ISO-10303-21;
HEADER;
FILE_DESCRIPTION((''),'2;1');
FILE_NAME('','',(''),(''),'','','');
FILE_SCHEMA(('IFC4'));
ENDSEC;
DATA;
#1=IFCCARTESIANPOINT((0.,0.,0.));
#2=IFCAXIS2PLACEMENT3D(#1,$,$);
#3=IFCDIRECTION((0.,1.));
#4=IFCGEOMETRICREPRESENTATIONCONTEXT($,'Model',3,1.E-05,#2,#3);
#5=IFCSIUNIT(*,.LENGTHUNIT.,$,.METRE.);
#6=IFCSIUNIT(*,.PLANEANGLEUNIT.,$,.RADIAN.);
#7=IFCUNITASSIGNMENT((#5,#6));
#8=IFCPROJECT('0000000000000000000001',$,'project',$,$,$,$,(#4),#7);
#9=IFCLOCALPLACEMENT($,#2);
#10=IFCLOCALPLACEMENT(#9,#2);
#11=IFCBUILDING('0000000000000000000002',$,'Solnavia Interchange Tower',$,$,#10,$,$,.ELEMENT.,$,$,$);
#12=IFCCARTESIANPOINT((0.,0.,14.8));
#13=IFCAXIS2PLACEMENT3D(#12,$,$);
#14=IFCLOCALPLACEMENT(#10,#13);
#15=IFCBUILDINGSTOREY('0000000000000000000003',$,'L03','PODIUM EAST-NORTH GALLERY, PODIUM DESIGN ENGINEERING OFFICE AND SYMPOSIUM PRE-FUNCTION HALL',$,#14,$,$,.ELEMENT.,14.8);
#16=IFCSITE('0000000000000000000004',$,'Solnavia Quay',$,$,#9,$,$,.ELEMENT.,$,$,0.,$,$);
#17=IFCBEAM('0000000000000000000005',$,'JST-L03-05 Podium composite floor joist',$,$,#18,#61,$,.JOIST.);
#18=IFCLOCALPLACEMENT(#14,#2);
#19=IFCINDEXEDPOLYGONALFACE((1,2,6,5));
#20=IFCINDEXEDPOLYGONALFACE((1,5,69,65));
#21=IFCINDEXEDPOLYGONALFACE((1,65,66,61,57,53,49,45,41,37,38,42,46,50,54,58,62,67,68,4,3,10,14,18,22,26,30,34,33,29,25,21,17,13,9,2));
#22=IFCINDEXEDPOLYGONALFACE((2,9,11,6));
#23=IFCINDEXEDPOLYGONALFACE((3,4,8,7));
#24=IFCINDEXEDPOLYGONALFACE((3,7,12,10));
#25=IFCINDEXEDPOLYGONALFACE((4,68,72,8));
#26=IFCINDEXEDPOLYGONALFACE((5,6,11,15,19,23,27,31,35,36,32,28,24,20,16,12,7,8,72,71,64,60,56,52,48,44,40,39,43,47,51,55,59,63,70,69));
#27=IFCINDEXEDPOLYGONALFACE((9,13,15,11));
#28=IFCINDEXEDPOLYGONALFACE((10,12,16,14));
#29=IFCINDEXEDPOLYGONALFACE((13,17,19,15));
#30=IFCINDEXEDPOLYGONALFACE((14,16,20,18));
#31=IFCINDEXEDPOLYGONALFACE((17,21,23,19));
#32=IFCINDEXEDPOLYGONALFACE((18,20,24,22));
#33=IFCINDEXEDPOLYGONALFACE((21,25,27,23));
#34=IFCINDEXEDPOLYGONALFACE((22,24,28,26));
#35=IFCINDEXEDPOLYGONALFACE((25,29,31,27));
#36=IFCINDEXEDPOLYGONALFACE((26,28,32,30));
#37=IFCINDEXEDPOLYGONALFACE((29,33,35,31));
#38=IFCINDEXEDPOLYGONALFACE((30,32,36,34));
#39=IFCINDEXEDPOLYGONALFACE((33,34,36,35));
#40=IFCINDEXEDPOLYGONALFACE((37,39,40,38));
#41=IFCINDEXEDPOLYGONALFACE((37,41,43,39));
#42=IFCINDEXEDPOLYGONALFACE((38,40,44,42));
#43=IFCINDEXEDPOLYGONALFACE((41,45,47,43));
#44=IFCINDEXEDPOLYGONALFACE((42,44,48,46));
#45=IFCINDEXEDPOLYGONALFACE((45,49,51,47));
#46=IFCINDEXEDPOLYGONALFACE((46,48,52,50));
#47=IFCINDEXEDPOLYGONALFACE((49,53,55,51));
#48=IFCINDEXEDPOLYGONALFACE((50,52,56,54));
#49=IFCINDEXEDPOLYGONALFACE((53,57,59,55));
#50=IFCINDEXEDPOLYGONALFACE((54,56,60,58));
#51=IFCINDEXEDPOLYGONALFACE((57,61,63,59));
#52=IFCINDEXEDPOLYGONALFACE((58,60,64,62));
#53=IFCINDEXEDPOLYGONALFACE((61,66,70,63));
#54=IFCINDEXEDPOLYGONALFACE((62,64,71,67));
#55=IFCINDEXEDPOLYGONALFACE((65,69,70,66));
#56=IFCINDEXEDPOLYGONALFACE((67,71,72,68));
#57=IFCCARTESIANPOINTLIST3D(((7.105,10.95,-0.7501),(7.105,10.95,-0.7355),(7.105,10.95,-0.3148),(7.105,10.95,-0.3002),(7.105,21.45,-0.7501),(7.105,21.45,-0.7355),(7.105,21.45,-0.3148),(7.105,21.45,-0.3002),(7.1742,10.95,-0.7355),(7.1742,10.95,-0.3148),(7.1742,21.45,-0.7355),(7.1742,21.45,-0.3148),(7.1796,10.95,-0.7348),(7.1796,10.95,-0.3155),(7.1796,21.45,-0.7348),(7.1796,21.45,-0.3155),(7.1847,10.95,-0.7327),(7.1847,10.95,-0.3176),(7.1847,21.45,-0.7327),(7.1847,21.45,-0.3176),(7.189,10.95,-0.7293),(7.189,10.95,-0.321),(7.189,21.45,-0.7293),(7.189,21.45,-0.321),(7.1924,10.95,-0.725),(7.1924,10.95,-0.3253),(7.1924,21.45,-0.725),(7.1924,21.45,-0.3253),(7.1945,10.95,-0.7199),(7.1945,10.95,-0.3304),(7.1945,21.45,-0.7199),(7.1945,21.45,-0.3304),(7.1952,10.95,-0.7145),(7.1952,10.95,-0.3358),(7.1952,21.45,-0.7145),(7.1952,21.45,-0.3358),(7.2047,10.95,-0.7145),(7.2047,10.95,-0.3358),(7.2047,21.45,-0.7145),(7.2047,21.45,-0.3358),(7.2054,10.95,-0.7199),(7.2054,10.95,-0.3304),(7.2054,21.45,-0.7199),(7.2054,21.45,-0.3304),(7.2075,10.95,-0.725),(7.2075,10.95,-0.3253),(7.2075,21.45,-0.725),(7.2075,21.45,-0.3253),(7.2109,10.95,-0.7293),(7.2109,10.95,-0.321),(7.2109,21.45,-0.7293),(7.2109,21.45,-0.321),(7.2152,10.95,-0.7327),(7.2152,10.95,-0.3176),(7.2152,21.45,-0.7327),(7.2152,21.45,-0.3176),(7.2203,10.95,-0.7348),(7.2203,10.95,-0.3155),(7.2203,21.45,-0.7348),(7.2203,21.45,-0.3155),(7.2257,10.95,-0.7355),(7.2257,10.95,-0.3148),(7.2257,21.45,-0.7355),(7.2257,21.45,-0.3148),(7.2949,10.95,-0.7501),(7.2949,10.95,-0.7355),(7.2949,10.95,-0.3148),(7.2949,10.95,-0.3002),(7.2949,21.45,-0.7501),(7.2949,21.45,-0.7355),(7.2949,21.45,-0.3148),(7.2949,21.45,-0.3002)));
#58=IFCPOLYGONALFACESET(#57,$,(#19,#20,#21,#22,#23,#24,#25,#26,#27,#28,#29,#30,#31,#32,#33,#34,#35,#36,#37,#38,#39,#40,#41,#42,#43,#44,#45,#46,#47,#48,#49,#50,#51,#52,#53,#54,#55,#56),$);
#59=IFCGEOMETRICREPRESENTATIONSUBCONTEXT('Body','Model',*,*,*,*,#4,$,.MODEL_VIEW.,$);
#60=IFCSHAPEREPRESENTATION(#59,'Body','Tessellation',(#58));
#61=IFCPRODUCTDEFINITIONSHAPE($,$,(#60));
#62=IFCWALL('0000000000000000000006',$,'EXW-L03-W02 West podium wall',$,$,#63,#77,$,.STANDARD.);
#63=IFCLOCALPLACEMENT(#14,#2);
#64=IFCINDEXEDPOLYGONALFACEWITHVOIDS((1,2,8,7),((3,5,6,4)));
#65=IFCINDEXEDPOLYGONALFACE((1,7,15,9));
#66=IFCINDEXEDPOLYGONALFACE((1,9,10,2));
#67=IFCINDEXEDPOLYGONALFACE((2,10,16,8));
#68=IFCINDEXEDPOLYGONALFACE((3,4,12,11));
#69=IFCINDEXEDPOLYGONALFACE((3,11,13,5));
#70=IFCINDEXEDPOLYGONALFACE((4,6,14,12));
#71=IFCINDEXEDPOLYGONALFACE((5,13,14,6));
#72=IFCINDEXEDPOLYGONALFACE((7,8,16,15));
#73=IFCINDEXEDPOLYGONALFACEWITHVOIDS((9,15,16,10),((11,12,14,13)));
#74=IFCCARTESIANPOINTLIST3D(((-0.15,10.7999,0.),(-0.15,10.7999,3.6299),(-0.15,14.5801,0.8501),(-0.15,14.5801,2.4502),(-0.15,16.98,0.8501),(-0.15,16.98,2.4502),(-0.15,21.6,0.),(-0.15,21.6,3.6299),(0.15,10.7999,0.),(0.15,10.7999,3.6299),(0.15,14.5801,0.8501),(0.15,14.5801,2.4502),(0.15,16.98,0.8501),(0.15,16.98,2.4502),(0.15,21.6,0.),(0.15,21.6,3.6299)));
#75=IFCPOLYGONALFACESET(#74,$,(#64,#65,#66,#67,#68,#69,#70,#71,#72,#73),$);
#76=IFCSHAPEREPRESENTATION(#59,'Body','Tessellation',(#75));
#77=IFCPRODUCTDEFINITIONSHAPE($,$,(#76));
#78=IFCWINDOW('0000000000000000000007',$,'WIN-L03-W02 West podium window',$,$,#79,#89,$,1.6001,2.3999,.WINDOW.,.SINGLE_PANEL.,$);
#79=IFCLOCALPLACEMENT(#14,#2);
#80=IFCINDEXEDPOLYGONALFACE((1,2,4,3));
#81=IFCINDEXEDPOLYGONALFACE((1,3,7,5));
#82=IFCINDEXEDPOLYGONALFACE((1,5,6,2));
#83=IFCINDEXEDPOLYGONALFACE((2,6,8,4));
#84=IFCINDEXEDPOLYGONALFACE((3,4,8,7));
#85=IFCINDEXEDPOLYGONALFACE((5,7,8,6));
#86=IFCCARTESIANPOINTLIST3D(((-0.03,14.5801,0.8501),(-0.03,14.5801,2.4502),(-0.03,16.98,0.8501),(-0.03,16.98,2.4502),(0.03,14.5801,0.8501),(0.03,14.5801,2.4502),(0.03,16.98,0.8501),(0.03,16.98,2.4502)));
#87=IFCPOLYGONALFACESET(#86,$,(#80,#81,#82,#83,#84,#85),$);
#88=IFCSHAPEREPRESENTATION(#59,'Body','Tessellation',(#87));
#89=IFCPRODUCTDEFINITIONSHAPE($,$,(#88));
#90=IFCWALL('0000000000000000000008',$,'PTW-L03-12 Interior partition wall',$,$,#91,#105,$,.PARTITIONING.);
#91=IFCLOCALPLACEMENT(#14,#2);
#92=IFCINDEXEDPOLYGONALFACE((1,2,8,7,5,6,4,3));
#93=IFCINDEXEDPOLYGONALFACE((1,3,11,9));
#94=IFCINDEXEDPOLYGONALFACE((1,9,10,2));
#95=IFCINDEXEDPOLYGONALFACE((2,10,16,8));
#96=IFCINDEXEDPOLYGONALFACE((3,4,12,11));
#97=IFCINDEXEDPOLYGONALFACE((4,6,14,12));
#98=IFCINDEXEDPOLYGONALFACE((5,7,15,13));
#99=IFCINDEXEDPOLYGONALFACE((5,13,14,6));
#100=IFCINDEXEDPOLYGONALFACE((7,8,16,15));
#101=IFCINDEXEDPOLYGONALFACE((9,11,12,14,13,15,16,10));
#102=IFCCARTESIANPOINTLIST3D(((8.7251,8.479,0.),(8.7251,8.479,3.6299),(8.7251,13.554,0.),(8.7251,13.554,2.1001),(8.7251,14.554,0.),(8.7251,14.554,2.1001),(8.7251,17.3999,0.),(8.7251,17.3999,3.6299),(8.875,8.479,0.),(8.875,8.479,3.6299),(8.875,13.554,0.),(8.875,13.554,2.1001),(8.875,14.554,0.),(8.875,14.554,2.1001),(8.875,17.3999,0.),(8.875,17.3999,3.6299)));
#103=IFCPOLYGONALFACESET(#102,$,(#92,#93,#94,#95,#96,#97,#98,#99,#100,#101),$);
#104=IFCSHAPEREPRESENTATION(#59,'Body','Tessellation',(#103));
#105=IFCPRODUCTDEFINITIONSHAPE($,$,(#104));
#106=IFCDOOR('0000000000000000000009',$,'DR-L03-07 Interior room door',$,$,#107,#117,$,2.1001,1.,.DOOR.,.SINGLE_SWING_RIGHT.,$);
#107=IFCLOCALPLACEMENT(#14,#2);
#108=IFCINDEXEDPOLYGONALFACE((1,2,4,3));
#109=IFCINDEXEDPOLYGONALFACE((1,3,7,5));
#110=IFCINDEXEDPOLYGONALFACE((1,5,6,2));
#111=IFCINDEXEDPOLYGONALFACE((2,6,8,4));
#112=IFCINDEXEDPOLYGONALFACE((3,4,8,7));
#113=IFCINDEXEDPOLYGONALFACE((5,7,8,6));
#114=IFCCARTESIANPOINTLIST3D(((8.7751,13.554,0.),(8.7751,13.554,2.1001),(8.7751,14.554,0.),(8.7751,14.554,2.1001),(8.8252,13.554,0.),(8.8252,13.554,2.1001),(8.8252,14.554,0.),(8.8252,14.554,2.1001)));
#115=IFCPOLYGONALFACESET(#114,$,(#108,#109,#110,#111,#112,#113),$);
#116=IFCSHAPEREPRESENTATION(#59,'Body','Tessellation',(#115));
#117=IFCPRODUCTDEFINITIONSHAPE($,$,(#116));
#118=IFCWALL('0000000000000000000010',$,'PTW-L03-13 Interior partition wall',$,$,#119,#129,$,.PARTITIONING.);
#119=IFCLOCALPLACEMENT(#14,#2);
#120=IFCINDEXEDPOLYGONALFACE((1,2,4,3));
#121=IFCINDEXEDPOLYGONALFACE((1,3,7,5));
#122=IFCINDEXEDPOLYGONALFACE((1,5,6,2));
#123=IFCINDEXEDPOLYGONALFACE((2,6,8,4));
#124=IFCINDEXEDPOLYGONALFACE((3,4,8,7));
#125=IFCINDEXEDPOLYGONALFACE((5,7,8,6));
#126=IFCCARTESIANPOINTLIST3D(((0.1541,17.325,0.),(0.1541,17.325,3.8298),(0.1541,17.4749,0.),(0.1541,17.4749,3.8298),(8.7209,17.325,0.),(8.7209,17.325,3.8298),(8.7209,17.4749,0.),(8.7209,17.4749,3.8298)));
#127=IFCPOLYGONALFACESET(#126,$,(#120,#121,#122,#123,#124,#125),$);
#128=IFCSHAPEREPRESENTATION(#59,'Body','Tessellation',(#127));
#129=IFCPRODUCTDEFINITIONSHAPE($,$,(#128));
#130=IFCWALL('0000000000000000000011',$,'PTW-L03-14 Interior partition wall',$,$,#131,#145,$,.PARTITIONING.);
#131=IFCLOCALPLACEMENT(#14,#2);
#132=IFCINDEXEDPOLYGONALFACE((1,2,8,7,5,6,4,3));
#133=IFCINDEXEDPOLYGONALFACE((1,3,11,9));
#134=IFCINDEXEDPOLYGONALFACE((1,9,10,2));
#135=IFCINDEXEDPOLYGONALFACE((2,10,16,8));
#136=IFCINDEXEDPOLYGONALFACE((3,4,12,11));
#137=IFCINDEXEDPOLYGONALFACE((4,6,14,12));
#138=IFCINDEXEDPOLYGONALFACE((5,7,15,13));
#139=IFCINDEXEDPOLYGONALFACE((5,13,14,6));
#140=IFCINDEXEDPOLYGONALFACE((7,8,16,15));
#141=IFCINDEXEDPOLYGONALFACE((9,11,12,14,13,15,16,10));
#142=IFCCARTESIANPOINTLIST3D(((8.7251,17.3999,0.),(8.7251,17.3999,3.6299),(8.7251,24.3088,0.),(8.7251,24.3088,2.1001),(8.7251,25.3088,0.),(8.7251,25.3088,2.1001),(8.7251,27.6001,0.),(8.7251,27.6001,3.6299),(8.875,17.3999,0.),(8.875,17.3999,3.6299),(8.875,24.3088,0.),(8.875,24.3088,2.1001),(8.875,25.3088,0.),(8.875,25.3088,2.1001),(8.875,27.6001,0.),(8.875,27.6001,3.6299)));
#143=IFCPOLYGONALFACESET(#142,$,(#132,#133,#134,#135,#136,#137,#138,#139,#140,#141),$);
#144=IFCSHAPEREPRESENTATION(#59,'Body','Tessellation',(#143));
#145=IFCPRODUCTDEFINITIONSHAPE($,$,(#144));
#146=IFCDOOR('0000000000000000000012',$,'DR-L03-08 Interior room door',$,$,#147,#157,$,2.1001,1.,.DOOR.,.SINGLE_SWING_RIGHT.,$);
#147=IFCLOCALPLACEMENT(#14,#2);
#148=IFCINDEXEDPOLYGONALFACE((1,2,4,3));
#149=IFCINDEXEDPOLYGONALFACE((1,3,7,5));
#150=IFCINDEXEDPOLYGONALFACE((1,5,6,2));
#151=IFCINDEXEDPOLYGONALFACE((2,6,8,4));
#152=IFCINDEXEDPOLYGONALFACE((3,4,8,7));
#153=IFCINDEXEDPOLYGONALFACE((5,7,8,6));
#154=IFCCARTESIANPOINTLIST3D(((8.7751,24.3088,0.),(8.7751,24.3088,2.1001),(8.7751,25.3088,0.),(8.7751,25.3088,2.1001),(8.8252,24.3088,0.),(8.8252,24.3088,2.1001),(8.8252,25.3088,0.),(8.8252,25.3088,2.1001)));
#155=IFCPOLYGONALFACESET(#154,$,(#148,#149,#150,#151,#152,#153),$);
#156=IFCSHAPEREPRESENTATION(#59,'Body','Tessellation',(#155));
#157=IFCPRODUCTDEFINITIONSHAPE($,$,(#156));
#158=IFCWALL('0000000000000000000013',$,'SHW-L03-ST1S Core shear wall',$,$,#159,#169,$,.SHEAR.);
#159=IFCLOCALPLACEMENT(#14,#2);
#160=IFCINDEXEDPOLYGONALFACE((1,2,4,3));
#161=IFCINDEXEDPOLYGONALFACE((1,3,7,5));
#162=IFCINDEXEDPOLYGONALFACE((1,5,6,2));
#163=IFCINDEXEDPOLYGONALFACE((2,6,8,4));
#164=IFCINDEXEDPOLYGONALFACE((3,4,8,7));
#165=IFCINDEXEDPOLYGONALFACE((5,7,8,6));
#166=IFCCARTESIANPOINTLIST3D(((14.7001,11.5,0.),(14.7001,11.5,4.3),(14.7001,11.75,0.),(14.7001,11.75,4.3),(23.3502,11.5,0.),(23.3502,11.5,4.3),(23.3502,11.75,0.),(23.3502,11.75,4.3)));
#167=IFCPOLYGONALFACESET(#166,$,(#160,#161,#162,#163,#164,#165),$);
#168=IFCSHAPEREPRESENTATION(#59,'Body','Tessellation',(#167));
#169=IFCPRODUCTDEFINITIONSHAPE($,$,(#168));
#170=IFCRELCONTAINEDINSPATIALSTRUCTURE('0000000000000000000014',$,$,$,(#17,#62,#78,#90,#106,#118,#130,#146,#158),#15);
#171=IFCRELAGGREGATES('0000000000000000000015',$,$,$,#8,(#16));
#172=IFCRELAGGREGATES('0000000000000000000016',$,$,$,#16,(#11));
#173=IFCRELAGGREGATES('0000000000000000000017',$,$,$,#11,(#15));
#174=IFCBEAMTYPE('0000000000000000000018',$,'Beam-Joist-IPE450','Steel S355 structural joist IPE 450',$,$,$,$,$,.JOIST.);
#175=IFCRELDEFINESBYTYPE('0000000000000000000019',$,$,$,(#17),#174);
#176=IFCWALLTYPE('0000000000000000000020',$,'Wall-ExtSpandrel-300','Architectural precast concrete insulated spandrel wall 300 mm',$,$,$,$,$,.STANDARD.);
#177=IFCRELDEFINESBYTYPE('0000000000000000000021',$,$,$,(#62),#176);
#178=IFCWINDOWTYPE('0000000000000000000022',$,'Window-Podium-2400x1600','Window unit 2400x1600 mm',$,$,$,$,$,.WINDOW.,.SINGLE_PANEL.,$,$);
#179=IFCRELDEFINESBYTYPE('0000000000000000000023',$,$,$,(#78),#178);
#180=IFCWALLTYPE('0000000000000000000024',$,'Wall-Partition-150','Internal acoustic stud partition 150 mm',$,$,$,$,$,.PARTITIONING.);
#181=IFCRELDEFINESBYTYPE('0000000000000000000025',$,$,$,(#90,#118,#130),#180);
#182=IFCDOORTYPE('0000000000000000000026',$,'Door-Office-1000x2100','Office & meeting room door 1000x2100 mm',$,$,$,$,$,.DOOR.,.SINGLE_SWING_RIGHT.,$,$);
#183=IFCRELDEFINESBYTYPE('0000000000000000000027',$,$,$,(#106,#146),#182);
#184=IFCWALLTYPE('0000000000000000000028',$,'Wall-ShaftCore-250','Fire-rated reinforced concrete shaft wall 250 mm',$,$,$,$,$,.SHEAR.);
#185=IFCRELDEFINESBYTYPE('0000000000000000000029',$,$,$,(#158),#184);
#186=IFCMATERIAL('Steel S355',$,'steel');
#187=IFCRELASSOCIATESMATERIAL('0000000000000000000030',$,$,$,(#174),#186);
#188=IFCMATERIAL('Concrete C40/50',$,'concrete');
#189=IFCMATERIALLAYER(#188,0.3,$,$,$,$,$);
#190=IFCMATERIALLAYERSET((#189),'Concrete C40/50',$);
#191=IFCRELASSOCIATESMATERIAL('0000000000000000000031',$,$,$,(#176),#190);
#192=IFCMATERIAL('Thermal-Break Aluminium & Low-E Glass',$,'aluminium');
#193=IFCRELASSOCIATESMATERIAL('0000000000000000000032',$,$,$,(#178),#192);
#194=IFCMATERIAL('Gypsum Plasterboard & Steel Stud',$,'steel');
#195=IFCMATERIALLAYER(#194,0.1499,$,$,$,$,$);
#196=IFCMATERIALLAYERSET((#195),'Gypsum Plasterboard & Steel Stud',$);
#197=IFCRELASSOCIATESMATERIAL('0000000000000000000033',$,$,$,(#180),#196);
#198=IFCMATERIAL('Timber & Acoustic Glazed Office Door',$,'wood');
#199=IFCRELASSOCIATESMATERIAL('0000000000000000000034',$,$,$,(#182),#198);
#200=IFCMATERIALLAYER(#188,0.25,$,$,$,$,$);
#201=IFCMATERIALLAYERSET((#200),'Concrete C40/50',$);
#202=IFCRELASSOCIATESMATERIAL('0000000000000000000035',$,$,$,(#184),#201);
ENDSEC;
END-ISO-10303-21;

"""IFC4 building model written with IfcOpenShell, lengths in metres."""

from ifc_helpers import new_model, si_unit, direction, frame, frame_2d, origin, origin_2d, place, context, subcontext, project, spatial, rectangle, i_section, extrude, material, layer, layer_set, material_profile, profile_set, type_object, element, fill, save


model = new_model("IFC4")

# Units and contexts
model_context = context("Model", 3, precision=1e-05, world=origin(), true_north=direction((0.0, 1.0)))
body_context = subcontext(model_context, "Body", "Model", "MODEL_VIEW")
ifc_project = project(units=[si_unit("LENGTHUNIT", "METRE"), si_unit("PLANEANGLEUNIT", "RADIAN")], contexts=[model_context])

# Site, building, storey
site_placement = place(None, origin())
site = spatial("IfcSite", under=ifc_project, at=site_placement, Name="Solnavia Quay", CompositionType="ELEMENT", RefElevation=0.0)
building_placement = place(site_placement, origin())
building = spatial("IfcBuilding", under=site, at=building_placement, Name="Solnavia Interchange Tower", CompositionType="ELEMENT")
storey_placement = place(building_placement, frame((0.0, 0.0, 14.8)))
storey = spatial("IfcBuildingStorey", under=building, at=storey_placement, Name="L03", Description="PODIUM EAST-NORTH GALLERY, PODIUM DESIGN ENGINEERING OFFICE AND SYMPOSIUM PRE-FUNCTION HALL", CompositionType="ELEMENT", Elevation=14.8)

# Beam
ifc_material_1 = material(Name="Steel S355", Category="steel")
ifc_material_profile_1 = material_profile(ifc_material_1, i_section(OverallWidth=0.1899, OverallDepth=0.45, WebThickness=0.0095, FlangeThickness=0.0146, FilletRadius=0.021, at=origin_2d()), Name="IPE 450")
ifc_profile_set_1 = profile_set([ifc_material_profile_1], Name="Steel S355")
beam_type_1 = type_object("IfcBeamType", Name="Beam-Joist-IPE450", Description="Steel S355 structural joist IPE 450", PredefinedType="JOIST", material=ifc_profile_set_1)
for number, where, z_axis, x_axis, name in (
    (1, (7.2, 10.95, -0.5251), (0.0, 1.0, 0.0), (-1.0, 0.0, 0.0), "JST-L03-05 Podium composite floor joist"),
):
    element("IfcBeam", number, at=place(storey_placement, frame(where, z_axis=z_axis, x_axis=x_axis)), inside=storey, type_object=beam_type_1, Name=name, PredefinedType="JOIST", context=body_context, shape_type="SweptSolid", body=[
        extrude(i_section(OverallWidth=0.1899, OverallDepth=0.45, WebThickness=0.0095, FlangeThickness=0.0146, FilletRadius=0.021, at=origin_2d()), origin(), (0.0, 0.0, 1.0), 10.5),
    ])

# Wall, opening, window
ifc_material_2 = material(Name="Concrete C40/50", Category="concrete")
ifc_layer_1 = layer(ifc_material_2, 0.3)
ifc_layer_set_1 = layer_set([ifc_layer_1], Name="Concrete C40/50")
wall_type_1 = type_object("IfcWallType", Name="Wall-ExtSpandrel-300", Description="Architectural precast concrete insulated spandrel wall 300 mm", PredefinedType="STANDARD", material=ifc_layer_set_1)
wall_1_placement = place(storey_placement, frame((0.0, 10.8, 0.0), z_axis=(0.0, 0.0, 1.0), x_axis=(0.0, 1.0, 0.0)))
wall_1 = element("IfcWall", 2, at=wall_1_placement, inside=storey, type_object=wall_type_1, Name="EXW-L03-W02 West podium wall", PredefinedType="STANDARD", context=body_context, shape_type="SweptSolid", body=[
    extrude(rectangle(XDim=10.8, YDim=0.3, at=frame_2d((5.3999, 0.0))), origin(), (0.0, 0.0, 1.0), 3.6299),
])
opening_1_placement = place(wall_1_placement, frame((3.78, 0.0, 0.8501)))
opening_1 = element("IfcOpeningElement", 3, at=opening_1_placement, cuts=wall_1, PredefinedType="OPENING", context=body_context, shape_type="SweptSolid", body=[
    extrude(rectangle(XDim=2.3999, YDim=1.6001, at=frame_2d((1.2, 0.8))), frame((0.0, 0.1602, 0.0), z_axis=(0.0, -1.0, 0.0), x_axis=(1.0, 0.0, 0.0)), (0.0, 0.0, 1.0), 0.3201),
])
ifc_material_3 = material(Name="Thermal-Break Aluminium & Low-E Glass", Category="aluminium")
window_type = type_object("IfcWindowType", Name="Window-Podium-2400x1600", Description="Window unit 2400x1600 mm", PartitioningType="SINGLE_PANEL", PredefinedType="WINDOW", material=ifc_material_3)
window_placement = place(opening_1_placement, origin())
window = element("IfcWindow", 4, at=window_placement, inside=storey, type_object=window_type, Name="WIN-L03-W02 West podium window", OverallHeight=1.6001, OverallWidth=2.3999, PartitioningType="SINGLE_PANEL", PredefinedType="WINDOW", context=body_context, shape_type="SweptSolid", body=[
    extrude(rectangle(XDim=2.3999, YDim=1.6001, at=frame_2d((1.2, 0.8))), frame((0.0, 0.03, 0.0), z_axis=(0.0, -1.0, 0.0), x_axis=(1.0, 0.0, 0.0)), (0.0, 0.0, 1.0), 0.0601),
])
fill(opening_1, window)

# Wall, opening, door
ifc_material_4 = material(Name="Gypsum Plasterboard & Steel Stud", Category="steel")
ifc_layer_2 = layer(ifc_material_4, 0.1499)
ifc_layer_set_2 = layer_set([ifc_layer_2], Name="Gypsum Plasterboard & Steel Stud")
wall_type_2 = type_object("IfcWallType", Name="Wall-Partition-150", Description="Internal acoustic stud partition 150 mm", PredefinedType="PARTITIONING", material=ifc_layer_set_2)
wall_2_placement = place(storey_placement, frame((8.8, 8.479, 0.0), z_axis=(0.0, 0.0, 1.0), x_axis=(0.0, 1.0, 0.0)))
wall_2 = element("IfcWall", 5, at=wall_2_placement, inside=storey, type_object=wall_type_2, Name="PTW-L03-12 Interior partition wall", PredefinedType="PARTITIONING", context=body_context, shape_type="SweptSolid", body=[
    extrude(rectangle(XDim=8.9209, YDim=0.1499, at=frame_2d((4.4604, 0.0))), origin(), (0.0, 0.0, 1.0), 3.6299),
])
opening_2_placement = place(wall_2_placement, frame((5.075, 0.0, 0.0)))
opening_2 = element("IfcOpeningElement", 6, at=opening_2_placement, cuts=wall_2, PredefinedType="OPENING", context=body_context, shape_type="SweptSolid", body=[
    extrude(rectangle(XDim=1.0, YDim=2.1001, at=frame_2d((0.5, 1.05))), frame((0.0, 0.085, 0.0), z_axis=(0.0, -1.0, 0.0), x_axis=(1.0, 0.0, 0.0)), (0.0, 0.0, 1.0), 0.1699),
])
ifc_material_5 = material(Name="Timber & Acoustic Glazed Office Door", Category="wood")
door_type_1 = type_object("IfcDoorType", Name="Door-Office-1000x2100", Description="Office & meeting room door 1000x2100 mm", OperationType="SINGLE_SWING_RIGHT", PredefinedType="DOOR", material=ifc_material_5)
door_1_placement = place(opening_2_placement, origin())
door_1 = element("IfcDoor", 7, at=door_1_placement, inside=storey, type_object=door_type_1, Name="DR-L03-07 Interior room door", OperationType="SINGLE_SWING_RIGHT", OverallHeight=2.1001, OverallWidth=1.0, PredefinedType="DOOR", context=body_context, shape_type="SweptSolid", body=[
    extrude(rectangle(XDim=1.0, YDim=2.1001, at=frame_2d((0.5, 1.05))), frame((0.0, 0.0249, 0.0), z_axis=(0.0, -1.0, 0.0), x_axis=(1.0, 0.0, 0.0)), (0.0, 0.0, 1.0), 0.05),
])
fill(opening_2, door_1)

# Wall
wall_3_placement = place(storey_placement, frame((0.1541, 17.3999, 0.0), z_axis=(0.0, 0.0, 1.0), x_axis=(1.0, 0.0, 0.0)))
element("IfcWall", 8, at=wall_3_placement, inside=storey, type_object=wall_type_2, Name="PTW-L03-13 Interior partition wall", PredefinedType="PARTITIONING", context=body_context, shape_type="SweptSolid", body=[
    extrude(rectangle(XDim=8.5669, YDim=0.1499, at=frame_2d((4.2834, 0.0))), origin(), (0.0, 0.0, 1.0), 3.8298),
])

# Wall, opening, door
wall_4_placement = place(storey_placement, frame((8.8, 17.3999, 0.0), z_axis=(0.0, 0.0, 1.0), x_axis=(0.0, 1.0, 0.0)))
wall_4 = element("IfcWall", 9, at=wall_4_placement, inside=storey, type_object=wall_type_2, Name="PTW-L03-14 Interior partition wall", PredefinedType="PARTITIONING", context=body_context, shape_type="SweptSolid", body=[
    extrude(rectangle(XDim=10.2002, YDim=0.1499, at=frame_2d((5.1001, 0.0))), origin(), (0.0, 0.0, 1.0), 3.6299),
])
opening_3_placement = place(wall_4_placement, frame((6.9089, 0.0, 0.0)))
opening_3 = element("IfcOpeningElement", 10, at=opening_3_placement, cuts=wall_4, PredefinedType="OPENING", context=body_context, shape_type="SweptSolid", body=[
    extrude(rectangle(XDim=1.0, YDim=2.1001, at=frame_2d((0.5, 1.05))), frame((0.0, 0.085, 0.0), z_axis=(0.0, -1.0, 0.0), x_axis=(1.0, 0.0, 0.0)), (0.0, 0.0, 1.0), 0.1699),
])
door_2_placement = place(opening_3_placement, origin())
door_2 = element("IfcDoor", 11, at=door_2_placement, inside=storey, type_object=door_type_1, Name="DR-L03-08 Interior room door", OperationType="SINGLE_SWING_RIGHT", OverallHeight=2.1001, OverallWidth=1.0, PredefinedType="DOOR", context=body_context, shape_type="SweptSolid", body=[
    extrude(rectangle(XDim=1.0, YDim=2.1001, at=frame_2d((0.5, 1.05))), frame((0.0, 0.0249, 0.0), z_axis=(0.0, -1.0, 0.0), x_axis=(1.0, 0.0, 0.0)), (0.0, 0.0, 1.0), 0.05),
])
fill(opening_3, door_2)

# Wall
ifc_layer_3 = layer(ifc_material_2, 0.25)
ifc_layer_set_3 = layer_set([ifc_layer_3], Name="Concrete C40/50")
wall_type_3 = type_object("IfcWallType", Name="Wall-ShaftCore-250", Description="Fire-rated reinforced concrete shaft wall 250 mm", PredefinedType="SHEAR", material=ifc_layer_set_3)
wall_5_placement = place(storey_placement, frame((14.7, 11.625, 0.0), z_axis=(0.0, 0.0, 1.0), x_axis=(1.0, 0.0, 0.0)))
element("IfcWall", 12, at=wall_5_placement, inside=storey, type_object=wall_type_3, Name="SHW-L03-ST1S Core shear wall", PredefinedType="SHEAR", context=body_context, shape_type="SweptSolid", body=[
    extrude(rectangle(XDim=8.6501, YDim=0.25, at=frame_2d((4.3252, 0.0))), origin(), (0.0, 0.0, 1.0), 4.3),
])

save(model, "model.ifc")
